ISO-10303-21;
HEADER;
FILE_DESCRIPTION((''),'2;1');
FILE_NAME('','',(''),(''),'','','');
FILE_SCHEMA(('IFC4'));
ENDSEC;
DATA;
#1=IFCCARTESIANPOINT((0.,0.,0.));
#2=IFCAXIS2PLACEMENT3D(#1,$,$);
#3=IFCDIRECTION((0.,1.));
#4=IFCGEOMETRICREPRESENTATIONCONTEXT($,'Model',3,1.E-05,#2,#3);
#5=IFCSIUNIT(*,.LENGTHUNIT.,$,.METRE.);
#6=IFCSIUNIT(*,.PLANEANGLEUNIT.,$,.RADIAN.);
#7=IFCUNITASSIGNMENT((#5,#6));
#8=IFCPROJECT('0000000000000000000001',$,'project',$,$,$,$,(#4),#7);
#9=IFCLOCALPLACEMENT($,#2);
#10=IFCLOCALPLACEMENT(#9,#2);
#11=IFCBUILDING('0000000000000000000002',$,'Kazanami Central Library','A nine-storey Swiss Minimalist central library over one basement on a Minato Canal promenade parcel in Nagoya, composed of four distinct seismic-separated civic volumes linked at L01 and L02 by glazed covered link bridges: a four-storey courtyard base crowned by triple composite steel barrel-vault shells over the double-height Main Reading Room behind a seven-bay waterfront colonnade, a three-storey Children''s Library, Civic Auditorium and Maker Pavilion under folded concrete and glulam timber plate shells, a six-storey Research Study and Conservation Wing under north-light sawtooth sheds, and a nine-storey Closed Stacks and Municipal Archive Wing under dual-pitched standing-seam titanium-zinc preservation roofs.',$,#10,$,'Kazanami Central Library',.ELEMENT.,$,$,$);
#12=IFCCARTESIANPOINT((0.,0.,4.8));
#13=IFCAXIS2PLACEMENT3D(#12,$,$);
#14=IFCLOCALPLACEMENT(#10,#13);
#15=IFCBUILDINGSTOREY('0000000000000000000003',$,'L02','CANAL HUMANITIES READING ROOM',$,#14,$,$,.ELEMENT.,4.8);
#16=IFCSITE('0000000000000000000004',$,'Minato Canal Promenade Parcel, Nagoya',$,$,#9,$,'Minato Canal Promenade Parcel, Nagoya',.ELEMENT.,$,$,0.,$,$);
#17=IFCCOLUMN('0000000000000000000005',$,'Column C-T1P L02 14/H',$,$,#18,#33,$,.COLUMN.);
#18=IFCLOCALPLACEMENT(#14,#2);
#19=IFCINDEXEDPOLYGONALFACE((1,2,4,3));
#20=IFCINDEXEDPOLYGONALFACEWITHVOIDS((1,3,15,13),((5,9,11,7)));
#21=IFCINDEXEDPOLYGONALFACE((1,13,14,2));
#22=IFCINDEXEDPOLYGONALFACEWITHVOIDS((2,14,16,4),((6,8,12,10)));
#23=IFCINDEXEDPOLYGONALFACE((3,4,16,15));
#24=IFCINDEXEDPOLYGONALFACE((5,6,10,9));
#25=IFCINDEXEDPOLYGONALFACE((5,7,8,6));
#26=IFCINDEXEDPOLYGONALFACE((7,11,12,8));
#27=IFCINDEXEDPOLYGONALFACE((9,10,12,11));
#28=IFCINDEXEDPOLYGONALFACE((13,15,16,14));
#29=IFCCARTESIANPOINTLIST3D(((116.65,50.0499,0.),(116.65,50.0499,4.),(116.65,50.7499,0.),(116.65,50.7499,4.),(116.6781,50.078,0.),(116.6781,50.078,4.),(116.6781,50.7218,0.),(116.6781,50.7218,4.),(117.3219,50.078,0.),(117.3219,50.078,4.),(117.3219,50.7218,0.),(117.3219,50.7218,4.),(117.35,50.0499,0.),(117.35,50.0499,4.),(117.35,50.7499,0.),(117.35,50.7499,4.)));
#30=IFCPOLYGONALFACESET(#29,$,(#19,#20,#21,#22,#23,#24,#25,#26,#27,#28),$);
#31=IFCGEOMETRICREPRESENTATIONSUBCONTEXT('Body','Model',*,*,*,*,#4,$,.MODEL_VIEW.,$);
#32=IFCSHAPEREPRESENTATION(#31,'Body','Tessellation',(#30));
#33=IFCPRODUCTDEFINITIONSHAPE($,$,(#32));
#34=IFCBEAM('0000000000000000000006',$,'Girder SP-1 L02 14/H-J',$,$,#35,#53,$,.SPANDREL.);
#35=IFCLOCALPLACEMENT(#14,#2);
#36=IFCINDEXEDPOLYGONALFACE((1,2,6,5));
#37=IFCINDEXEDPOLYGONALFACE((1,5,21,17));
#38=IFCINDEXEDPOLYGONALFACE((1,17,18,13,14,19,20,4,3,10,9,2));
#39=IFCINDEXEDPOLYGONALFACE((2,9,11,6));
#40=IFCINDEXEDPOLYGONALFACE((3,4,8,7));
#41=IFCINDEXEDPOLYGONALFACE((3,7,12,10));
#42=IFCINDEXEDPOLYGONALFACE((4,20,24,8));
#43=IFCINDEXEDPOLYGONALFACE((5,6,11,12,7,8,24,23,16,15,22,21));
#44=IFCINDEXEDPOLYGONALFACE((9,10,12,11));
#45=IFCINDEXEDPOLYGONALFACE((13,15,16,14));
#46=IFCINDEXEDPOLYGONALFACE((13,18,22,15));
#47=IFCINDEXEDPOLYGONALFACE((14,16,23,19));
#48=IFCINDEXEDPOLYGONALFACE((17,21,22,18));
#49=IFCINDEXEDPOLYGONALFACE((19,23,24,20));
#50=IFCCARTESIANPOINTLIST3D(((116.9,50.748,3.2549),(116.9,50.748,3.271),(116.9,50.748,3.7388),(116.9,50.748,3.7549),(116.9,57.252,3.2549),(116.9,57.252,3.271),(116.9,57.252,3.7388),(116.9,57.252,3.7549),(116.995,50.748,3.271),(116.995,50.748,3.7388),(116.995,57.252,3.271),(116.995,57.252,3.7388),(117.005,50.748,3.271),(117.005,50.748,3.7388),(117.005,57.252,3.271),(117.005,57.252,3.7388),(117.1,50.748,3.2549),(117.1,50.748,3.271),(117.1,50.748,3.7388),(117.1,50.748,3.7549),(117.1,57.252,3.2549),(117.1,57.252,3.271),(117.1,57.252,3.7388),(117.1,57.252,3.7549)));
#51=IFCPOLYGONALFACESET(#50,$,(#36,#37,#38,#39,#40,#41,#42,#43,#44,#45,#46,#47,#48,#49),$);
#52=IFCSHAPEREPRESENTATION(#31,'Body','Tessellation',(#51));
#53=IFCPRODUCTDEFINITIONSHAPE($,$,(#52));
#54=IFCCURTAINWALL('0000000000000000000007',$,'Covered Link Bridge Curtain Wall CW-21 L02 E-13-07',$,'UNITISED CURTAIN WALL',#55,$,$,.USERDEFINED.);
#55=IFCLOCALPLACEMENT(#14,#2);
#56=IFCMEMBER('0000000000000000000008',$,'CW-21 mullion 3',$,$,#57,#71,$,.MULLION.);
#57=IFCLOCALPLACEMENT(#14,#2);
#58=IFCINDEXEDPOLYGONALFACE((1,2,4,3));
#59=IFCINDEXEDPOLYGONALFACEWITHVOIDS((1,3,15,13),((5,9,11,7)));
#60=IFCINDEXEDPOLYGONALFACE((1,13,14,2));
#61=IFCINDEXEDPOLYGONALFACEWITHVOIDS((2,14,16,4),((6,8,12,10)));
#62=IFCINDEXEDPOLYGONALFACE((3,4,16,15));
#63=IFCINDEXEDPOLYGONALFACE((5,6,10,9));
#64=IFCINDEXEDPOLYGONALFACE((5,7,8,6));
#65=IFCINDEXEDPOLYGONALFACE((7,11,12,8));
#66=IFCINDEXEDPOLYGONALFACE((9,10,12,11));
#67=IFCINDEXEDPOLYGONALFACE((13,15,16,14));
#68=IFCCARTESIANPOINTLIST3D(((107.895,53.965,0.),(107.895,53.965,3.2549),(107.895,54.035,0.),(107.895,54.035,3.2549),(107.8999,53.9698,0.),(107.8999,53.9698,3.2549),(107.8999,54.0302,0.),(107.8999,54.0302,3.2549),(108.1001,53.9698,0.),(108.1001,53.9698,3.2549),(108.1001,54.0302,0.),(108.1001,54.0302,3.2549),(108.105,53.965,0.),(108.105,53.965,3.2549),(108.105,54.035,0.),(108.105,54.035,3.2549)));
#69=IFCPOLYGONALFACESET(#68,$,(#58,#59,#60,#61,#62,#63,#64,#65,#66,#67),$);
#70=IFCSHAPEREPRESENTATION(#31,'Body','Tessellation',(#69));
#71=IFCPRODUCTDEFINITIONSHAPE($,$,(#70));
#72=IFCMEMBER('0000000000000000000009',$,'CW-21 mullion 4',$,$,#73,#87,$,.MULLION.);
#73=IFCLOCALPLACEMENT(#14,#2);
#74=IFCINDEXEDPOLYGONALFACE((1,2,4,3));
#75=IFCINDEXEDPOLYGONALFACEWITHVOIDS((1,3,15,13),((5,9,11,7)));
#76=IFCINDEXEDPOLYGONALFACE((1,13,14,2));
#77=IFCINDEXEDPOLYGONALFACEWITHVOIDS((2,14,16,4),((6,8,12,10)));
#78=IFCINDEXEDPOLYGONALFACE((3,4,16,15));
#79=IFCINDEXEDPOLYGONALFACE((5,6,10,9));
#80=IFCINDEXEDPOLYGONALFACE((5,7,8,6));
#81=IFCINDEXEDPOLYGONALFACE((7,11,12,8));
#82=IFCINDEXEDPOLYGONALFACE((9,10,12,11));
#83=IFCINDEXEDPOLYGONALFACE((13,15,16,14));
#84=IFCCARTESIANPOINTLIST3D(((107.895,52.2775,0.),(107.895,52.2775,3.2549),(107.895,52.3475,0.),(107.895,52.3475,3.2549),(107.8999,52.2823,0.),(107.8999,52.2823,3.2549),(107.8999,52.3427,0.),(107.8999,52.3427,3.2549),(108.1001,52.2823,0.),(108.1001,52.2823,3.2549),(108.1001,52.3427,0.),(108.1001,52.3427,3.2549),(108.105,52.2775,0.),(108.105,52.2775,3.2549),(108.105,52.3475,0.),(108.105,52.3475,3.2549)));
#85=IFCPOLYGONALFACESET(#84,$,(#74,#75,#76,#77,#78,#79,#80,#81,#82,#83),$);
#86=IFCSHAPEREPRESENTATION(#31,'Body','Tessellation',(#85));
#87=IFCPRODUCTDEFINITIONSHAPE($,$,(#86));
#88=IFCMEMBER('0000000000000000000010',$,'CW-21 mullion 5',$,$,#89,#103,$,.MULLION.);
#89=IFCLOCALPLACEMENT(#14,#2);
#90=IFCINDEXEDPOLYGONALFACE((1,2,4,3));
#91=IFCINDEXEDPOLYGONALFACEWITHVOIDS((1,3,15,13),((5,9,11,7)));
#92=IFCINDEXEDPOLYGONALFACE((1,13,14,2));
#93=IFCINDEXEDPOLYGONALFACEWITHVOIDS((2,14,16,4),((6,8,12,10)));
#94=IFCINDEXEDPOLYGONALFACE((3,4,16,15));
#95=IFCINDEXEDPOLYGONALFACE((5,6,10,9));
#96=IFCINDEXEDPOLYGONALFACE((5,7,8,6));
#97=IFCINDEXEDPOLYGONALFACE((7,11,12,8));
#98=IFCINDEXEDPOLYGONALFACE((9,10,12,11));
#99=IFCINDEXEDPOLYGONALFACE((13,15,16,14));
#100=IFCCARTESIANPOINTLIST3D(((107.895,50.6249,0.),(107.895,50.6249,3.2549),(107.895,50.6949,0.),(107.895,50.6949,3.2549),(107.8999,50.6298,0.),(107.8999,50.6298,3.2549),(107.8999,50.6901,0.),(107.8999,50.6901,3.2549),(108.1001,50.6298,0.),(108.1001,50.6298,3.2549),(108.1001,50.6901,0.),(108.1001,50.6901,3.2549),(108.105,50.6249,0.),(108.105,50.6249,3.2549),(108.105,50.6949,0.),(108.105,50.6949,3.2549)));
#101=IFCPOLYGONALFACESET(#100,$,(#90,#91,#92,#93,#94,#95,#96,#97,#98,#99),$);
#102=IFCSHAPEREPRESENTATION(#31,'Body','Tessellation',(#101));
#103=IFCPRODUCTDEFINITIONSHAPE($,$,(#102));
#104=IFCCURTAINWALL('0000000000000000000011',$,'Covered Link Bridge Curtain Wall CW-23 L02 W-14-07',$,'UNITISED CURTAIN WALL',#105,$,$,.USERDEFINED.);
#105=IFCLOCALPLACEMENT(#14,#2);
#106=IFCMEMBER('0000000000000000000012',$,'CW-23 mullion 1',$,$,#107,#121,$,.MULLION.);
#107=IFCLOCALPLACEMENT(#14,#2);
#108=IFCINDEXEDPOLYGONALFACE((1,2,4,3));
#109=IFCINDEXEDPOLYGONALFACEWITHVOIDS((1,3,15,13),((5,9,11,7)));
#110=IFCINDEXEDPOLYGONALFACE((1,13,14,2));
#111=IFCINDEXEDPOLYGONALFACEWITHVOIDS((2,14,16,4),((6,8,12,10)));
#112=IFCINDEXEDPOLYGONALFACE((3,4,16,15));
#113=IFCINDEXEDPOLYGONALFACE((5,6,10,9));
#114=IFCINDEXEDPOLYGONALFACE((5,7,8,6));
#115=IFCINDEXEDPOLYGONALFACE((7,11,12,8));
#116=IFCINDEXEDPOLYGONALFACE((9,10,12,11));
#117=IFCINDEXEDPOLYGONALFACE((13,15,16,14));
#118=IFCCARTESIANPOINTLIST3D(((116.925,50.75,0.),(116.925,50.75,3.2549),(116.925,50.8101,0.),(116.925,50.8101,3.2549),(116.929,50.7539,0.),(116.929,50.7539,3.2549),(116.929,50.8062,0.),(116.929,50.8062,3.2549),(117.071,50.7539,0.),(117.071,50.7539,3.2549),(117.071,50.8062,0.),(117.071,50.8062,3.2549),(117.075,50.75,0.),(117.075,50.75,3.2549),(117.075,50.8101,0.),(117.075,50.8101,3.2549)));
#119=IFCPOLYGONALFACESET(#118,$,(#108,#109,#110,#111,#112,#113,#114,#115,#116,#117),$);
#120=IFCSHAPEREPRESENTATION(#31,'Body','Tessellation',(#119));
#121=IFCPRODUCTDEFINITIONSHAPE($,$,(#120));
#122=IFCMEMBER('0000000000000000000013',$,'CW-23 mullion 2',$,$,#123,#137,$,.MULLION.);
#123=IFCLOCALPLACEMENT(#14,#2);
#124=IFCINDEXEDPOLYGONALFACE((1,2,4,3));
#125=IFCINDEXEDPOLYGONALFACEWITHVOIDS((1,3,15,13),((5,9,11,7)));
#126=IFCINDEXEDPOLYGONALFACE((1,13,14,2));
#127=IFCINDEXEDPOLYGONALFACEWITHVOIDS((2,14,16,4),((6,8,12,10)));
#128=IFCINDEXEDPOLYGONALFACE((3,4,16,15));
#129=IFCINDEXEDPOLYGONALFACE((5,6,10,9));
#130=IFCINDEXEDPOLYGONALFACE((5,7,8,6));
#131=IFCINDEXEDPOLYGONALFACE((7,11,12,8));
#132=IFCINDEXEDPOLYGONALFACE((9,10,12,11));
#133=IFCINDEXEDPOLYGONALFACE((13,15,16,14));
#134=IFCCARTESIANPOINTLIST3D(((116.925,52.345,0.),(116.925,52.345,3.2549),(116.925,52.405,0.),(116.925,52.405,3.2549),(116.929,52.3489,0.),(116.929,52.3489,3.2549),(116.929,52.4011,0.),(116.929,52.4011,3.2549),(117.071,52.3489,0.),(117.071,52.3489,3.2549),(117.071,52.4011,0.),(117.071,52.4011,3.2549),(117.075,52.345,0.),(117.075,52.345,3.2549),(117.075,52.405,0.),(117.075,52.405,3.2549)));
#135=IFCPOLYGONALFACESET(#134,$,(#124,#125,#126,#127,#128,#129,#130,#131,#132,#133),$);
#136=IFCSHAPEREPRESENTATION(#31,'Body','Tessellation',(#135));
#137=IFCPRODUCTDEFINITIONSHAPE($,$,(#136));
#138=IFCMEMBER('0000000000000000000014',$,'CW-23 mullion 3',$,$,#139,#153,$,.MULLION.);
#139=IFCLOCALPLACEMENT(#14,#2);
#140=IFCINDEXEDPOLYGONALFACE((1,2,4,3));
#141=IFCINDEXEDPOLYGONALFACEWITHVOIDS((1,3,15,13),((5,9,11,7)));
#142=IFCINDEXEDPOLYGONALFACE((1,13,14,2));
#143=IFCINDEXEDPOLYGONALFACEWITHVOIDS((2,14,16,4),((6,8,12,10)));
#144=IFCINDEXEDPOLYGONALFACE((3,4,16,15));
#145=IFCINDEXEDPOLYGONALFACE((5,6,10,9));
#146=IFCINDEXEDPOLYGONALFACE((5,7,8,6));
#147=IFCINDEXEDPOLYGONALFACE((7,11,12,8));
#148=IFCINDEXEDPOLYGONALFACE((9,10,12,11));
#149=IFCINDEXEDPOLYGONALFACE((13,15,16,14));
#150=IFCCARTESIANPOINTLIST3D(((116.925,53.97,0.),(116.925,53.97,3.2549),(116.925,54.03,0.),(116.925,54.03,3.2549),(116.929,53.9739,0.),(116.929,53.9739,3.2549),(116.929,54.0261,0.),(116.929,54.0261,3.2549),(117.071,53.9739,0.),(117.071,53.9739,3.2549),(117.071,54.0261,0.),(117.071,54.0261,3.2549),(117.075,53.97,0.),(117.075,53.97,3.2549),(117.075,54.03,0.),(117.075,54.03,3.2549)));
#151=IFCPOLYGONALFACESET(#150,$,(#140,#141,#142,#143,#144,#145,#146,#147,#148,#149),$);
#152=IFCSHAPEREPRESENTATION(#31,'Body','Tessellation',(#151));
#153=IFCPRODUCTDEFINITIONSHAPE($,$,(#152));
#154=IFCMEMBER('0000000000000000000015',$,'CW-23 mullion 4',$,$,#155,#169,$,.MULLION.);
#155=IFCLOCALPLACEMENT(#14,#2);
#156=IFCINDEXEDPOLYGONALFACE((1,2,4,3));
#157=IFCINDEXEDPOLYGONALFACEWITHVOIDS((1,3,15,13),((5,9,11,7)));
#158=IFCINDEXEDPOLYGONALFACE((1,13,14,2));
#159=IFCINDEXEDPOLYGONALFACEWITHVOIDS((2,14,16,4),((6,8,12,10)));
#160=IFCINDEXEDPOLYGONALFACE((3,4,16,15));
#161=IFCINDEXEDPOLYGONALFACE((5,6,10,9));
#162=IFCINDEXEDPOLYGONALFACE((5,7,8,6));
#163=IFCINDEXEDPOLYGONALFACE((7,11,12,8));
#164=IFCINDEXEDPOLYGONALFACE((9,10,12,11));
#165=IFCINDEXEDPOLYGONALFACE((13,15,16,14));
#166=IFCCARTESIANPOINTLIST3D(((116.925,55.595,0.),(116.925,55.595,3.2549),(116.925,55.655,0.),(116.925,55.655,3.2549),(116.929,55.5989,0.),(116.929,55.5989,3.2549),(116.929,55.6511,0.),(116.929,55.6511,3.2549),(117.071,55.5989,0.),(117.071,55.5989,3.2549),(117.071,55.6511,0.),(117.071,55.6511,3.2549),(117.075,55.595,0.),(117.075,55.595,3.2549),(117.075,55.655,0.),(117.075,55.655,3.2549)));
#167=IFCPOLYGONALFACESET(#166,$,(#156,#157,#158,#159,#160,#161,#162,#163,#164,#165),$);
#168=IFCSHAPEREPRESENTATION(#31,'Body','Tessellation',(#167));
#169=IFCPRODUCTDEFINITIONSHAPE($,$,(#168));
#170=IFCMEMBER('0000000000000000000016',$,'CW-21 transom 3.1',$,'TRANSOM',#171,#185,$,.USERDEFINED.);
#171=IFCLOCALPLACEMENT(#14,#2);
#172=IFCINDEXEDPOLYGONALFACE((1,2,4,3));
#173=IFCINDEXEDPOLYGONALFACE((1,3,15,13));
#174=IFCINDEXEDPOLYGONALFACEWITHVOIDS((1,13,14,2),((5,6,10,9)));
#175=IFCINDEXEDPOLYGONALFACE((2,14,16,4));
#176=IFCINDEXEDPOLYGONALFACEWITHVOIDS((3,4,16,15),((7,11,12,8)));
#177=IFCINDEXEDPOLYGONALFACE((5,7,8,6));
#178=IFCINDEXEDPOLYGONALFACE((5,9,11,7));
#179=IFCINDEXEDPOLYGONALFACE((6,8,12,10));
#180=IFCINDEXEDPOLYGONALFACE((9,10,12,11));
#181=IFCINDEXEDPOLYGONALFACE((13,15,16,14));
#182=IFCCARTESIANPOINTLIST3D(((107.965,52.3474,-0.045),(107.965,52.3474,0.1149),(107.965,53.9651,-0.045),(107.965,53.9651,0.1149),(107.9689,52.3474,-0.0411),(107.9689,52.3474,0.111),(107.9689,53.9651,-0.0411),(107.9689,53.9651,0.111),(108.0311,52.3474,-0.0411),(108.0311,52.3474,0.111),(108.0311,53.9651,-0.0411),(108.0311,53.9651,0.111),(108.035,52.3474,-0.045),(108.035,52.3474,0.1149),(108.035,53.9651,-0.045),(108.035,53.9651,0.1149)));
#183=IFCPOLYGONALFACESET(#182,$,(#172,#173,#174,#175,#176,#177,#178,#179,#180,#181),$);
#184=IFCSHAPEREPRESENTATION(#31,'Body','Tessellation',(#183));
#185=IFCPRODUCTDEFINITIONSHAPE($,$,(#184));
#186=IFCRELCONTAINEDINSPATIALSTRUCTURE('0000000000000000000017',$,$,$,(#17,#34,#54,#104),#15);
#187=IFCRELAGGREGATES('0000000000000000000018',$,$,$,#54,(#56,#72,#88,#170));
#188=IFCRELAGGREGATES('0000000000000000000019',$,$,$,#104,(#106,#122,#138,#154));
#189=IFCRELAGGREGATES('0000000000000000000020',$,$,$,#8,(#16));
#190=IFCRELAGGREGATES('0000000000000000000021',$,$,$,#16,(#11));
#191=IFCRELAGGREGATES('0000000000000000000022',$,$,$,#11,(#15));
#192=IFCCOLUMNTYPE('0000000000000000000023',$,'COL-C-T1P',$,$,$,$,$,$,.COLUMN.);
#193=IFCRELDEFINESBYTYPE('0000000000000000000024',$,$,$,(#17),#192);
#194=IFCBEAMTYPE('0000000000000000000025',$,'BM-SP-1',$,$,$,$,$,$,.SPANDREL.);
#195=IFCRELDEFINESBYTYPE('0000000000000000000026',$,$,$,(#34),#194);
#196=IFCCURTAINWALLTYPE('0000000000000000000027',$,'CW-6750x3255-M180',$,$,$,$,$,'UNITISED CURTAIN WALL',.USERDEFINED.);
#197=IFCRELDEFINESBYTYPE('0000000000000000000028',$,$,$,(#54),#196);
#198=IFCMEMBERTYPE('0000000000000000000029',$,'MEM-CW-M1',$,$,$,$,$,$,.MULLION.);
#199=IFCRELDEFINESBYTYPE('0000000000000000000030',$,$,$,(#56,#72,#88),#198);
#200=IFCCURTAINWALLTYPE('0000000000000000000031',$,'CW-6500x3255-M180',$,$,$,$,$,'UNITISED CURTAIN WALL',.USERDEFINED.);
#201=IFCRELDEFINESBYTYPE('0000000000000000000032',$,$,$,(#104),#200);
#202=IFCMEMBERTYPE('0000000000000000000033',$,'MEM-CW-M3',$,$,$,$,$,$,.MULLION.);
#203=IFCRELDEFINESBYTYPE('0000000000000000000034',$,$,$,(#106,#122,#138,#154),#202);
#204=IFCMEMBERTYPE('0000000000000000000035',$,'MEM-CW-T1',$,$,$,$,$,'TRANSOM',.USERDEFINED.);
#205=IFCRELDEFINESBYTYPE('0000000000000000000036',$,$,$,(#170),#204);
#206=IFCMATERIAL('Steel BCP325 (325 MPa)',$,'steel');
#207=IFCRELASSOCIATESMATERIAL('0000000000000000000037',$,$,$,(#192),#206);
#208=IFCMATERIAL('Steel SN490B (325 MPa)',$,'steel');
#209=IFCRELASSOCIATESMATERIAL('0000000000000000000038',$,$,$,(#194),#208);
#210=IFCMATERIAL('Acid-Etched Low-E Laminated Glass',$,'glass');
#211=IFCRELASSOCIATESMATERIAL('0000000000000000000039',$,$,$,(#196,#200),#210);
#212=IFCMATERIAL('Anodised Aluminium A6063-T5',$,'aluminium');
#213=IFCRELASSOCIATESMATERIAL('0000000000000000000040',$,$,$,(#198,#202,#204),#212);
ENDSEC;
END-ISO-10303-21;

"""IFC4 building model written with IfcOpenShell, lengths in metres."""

from ifc_helpers import new_model, si_unit, direction, frame, origin, origin_2d, place, context, subcontext, project, spatial, hollow_rectangle, i_section, extrude, material, material_profile, profile_set, type_object, element, aggregate, save


model = new_model("IFC4")

# Units and contexts
model_context = context("Model", 3, precision=1e-05, world=origin(), true_north=direction((0.0, 1.0)))
body_context = subcontext(model_context, "Body", "Model", "MODEL_VIEW")
ifc_project = project(units=[si_unit("LENGTHUNIT", "METRE"), si_unit("PLANEANGLEUNIT", "RADIAN")], contexts=[model_context])

# Site, building, storey
site_placement = place(None, origin())
site = spatial("IfcSite", under=ifc_project, at=site_placement, Name="Minato Canal Promenade Parcel, Nagoya", LongName="Minato Canal Promenade Parcel, Nagoya", CompositionType="ELEMENT", RefElevation=0.0)
building_placement = place(site_placement, origin())
building = spatial("IfcBuilding", under=site, at=building_placement, Name="Kazanami Central Library", Description="A nine-storey Swiss Minimalist central library over one basement on a Minato Canal promenade parcel in Nagoya, composed of four distinct seismic-separated civic volumes linked at L01 and L02 by glazed covered link bridges: a four-storey courtyard base crowned by triple composite steel barrel-vault shells over the double-height Main Reading Room behind a seven-bay waterfront colonnade, a three-storey Children's Library, Civic Auditorium and Maker Pavilion under folded concrete and glulam timber plate shells, a six-storey Research Study and Conservation Wing under north-light sawtooth sheds, and a nine-storey Closed Stacks and Municipal Archive Wing under dual-pitched standing-seam titanium-zinc preservation roofs.", LongName="Kazanami Central Library", CompositionType="ELEMENT")
storey_placement = place(building_placement, frame((0.0, 0.0, 4.8)))
storey = spatial("IfcBuildingStorey", under=building, at=storey_placement, Name="L02", Description="CANAL HUMANITIES READING ROOM", CompositionType="ELEMENT", Elevation=4.8)

# Column
ifc_material_1 = material(Name="Steel BCP325 (325 MPa)", Category="steel")
ifc_material_profile_1 = material_profile(ifc_material_1, hollow_rectangle(XDim=0.7, YDim=0.7, WallThickness=0.0281, at=origin_2d()), Name="BCP-700x700x28")
ifc_profile_set_1 = profile_set([ifc_material_profile_1], Name="Steel BCP325 (325 MPa)")
column_type = type_object("IfcColumnType", Name="COL-C-T1P", PredefinedType="COLUMN", material=ifc_profile_set_1)
column_placement = place(storey_placement, frame((117.0, 50.3999, 0.0), z_axis=(0.0, 0.0, 1.0), x_axis=(1.0, 0.0, 0.0)))
element("IfcColumn", 1, at=column_placement, inside=storey, type_object=column_type, Name="Column C-T1P L02 14/H", PredefinedType="COLUMN", context=body_context, shape_type="SweptSolid", body=[
    extrude(hollow_rectangle(XDim=0.7, YDim=0.7, WallThickness=0.0281, at=origin_2d()), origin(), (0.0, 0.0, 1.0), 4.0),
])

# Beam
ifc_material_2 = material(Name="Steel SN490B (325 MPa)", Category="steel")
ifc_material_profile_2 = material_profile(ifc_material_2, i_section(OverallWidth=0.2, OverallDepth=0.5, WebThickness=0.01, FlangeThickness=0.0161, at=origin_2d()), Name="H-500x200x10x16")
ifc_profile_set_2 = profile_set([ifc_material_profile_2], Name="Steel SN490B (325 MPa)")
beam_type = type_object("IfcBeamType", Name="BM-SP-1", PredefinedType="SPANDREL", material=ifc_profile_set_2)
beam_placement = place(storey_placement, frame((117.0, 50.748, 3.5049), z_axis=(0.0, 1.0, 0.0), x_axis=(-1.0, 0.0, 0.0)))
element("IfcBeam", 2, at=beam_placement, inside=storey, type_object=beam_type, Name="Girder SP-1 L02 14/H-J", PredefinedType="SPANDREL", context=body_context, shape_type="SweptSolid", body=[
    extrude(i_section(OverallWidth=0.2, OverallDepth=0.5, WebThickness=0.01, FlangeThickness=0.0161, at=origin_2d()), origin(), (0.0, 0.0, 1.0), 6.5039),
])

# Curtain walls, members
ifc_material_3 = material(Name="Acid-Etched Low-E Laminated Glass", Category="glass")
curtain_wall_type_1 = type_object("IfcCurtainWallType", Name="CW-6750x3255-M180", ElementType="UNITISED CURTAIN WALL", PredefinedType="USERDEFINED", material=ifc_material_3)
curtain_wall_1_placement = place(storey_placement, origin())
curtain_wall_1 = element("IfcCurtainWall", 3, at=curtain_wall_1_placement, inside=storey, type_object=curtain_wall_type_1, Name="Covered Link Bridge Curtain Wall CW-21 L02 E-13-07", ObjectType="UNITISED CURTAIN WALL", PredefinedType="USERDEFINED")
ifc_material_4 = material(Name="Anodised Aluminium A6063-T5", Category="aluminium")
ifc_material_profile_3 = material_profile(ifc_material_4, hollow_rectangle(XDim=0.0701, YDim=0.21, WallThickness=0.0049, at=origin_2d()), Name="ALU-MULL-70x210x5")
ifc_profile_set_3 = profile_set([ifc_material_profile_3], Name="Anodised Aluminium A6063-T5")
member_type_1 = type_object("IfcMemberType", Name="MEM-CW-M1", PredefinedType="MULLION", material=ifc_profile_set_3)
member_1_placement = place(storey_placement, frame((108.0, 54.0, 0.0), z_axis=(0.0, 0.0, 1.0), x_axis=(0.0, -1.0, 0.0)))
member_1 = element("IfcMember", 4, at=member_1_placement, type_object=member_type_1, Name="CW-21 mullion 3", PredefinedType="MULLION", context=body_context, shape_type="SweptSolid", body=[
    extrude(hollow_rectangle(XDim=0.0701, YDim=0.21, WallThickness=0.0049, at=origin_2d()), origin(), (0.0, 0.0, 1.0), 3.2549),
])
member_2_placement = place(storey_placement, frame((108.0, 52.3125, 0.0), z_axis=(0.0, 0.0, 1.0), x_axis=(0.0, -1.0, 0.0)))
member_2 = element("IfcMember", 5, at=member_2_placement, type_object=member_type_1, Name="CW-21 mullion 4", PredefinedType="MULLION", context=body_context, shape_type="SweptSolid", body=[
    extrude(hollow_rectangle(XDim=0.0701, YDim=0.21, WallThickness=0.0049, at=origin_2d()), origin(), (0.0, 0.0, 1.0), 3.2549),
])
member_3_placement = place(storey_placement, frame((108.0, 50.6599, 0.0), z_axis=(0.0, 0.0, 1.0), x_axis=(0.0, -1.0, 0.0)))
member_3 = element("IfcMember", 6, at=member_3_placement, type_object=member_type_1, Name="CW-21 mullion 5", PredefinedType="MULLION", context=body_context, shape_type="SweptSolid", body=[
    extrude(hollow_rectangle(XDim=0.0701, YDim=0.21, WallThickness=0.0049, at=origin_2d()), origin(), (0.0, 0.0, 1.0), 3.2549),
])
curtain_wall_type_2 = type_object("IfcCurtainWallType", Name="CW-6500x3255-M180", ElementType="UNITISED CURTAIN WALL", PredefinedType="USERDEFINED", material=ifc_material_3)
curtain_wall_2_placement = place(storey_placement, origin())
curtain_wall_2 = element("IfcCurtainWall", 7, at=curtain_wall_2_placement, inside=storey, type_object=curtain_wall_type_2, Name="Covered Link Bridge Curtain Wall CW-23 L02 W-14-07", ObjectType="UNITISED CURTAIN WALL", PredefinedType="USERDEFINED")
ifc_material_profile_4 = material_profile(ifc_material_4, hollow_rectangle(XDim=0.0601, YDim=0.1499, WallThickness=0.0039, at=origin_2d()), Name="ALU-MULL-60x150x4")
ifc_profile_set_4 = profile_set([ifc_material_profile_4], Name="Anodised Aluminium A6063-T5")
member_type_2 = type_object("IfcMemberType", Name="MEM-CW-M3", PredefinedType="MULLION", material=ifc_profile_set_4)
member_4_placement = place(storey_placement, frame((117.0, 50.78, 0.0), z_axis=(0.0, 0.0, 1.0), x_axis=(0.0, 1.0, 0.0)))
member_4 = element("IfcMember", 8, at=member_4_placement, type_object=member_type_2, Name="CW-23 mullion 1", PredefinedType="MULLION", context=body_context, shape_type="SweptSolid", body=[
    extrude(hollow_rectangle(XDim=0.0601, YDim=0.1499, WallThickness=0.0039, at=origin_2d()), origin(), (0.0, 0.0, 1.0), 3.2549),
])
member_5_placement = place(storey_placement, frame((117.0, 52.375, 0.0), z_axis=(0.0, 0.0, 1.0), x_axis=(0.0, 1.0, 0.0)))
member_5 = element("IfcMember", 9, at=member_5_placement, type_object=member_type_2, Name="CW-23 mullion 2", PredefinedType="MULLION", context=body_context, shape_type="SweptSolid", body=[
    extrude(hollow_rectangle(XDim=0.0601, YDim=0.1499, WallThickness=0.0039, at=origin_2d()), origin(), (0.0, 0.0, 1.0), 3.2549),
])
member_6_placement = place(storey_placement, frame((117.0, 54.0, 0.0), z_axis=(0.0, 0.0, 1.0), x_axis=(0.0, 1.0, 0.0)))
member_6 = element("IfcMember", 10, at=member_6_placement, type_object=member_type_2, Name="CW-23 mullion 3", PredefinedType="MULLION", context=body_context, shape_type="SweptSolid", body=[
    extrude(hollow_rectangle(XDim=0.0601, YDim=0.1499, WallThickness=0.0039, at=origin_2d()), origin(), (0.0, 0.0, 1.0), 3.2549),
])
member_7_placement = place(storey_placement, frame((117.0, 55.625, 0.0), z_axis=(0.0, 0.0, 1.0), x_axis=(0.0, 1.0, 0.0)))
member_7 = element("IfcMember", 11, at=member_7_placement, type_object=member_type_2, Name="CW-23 mullion 4", PredefinedType="MULLION", context=body_context, shape_type="SweptSolid", body=[
    extrude(hollow_rectangle(XDim=0.0601, YDim=0.1499, WallThickness=0.0039, at=origin_2d()), origin(), (0.0, 0.0, 1.0), 3.2549),
])

# Member
ifc_material_profile_5 = material_profile(ifc_material_4, hollow_rectangle(XDim=0.0701, YDim=0.1599, WallThickness=0.0039, at=origin_2d()), Name="ALU-TRAN-70x160x4")
ifc_profile_set_5 = profile_set([ifc_material_profile_5], Name="Anodised Aluminium A6063-T5")
member_type_3 = type_object("IfcMemberType", Name="MEM-CW-T1", ElementType="TRANSOM", PredefinedType="USERDEFINED", material=ifc_profile_set_5)
member_8_placement = place(storey_placement, frame((108.0, 53.9651, 0.0349), z_axis=(0.0, -1.0, 0.0), x_axis=(1.0, 0.0, 0.0)))
member_8 = element("IfcMember", 12, at=member_8_placement, type_object=member_type_3, Name="CW-21 transom 3.1", ObjectType="TRANSOM", PredefinedType="USERDEFINED", context=body_context, shape_type="SweptSolid", body=[
    extrude(hollow_rectangle(XDim=0.0701, YDim=0.1599, WallThickness=0.0039, at=origin_2d()), origin(), (0.0, 0.0, 1.0), 1.6177),
])

aggregate(curtain_wall_1, [member_1, member_2, member_3, member_8])
aggregate(curtain_wall_2, [member_4, member_5, member_6, member_7])

save(model, "model.ifc")
